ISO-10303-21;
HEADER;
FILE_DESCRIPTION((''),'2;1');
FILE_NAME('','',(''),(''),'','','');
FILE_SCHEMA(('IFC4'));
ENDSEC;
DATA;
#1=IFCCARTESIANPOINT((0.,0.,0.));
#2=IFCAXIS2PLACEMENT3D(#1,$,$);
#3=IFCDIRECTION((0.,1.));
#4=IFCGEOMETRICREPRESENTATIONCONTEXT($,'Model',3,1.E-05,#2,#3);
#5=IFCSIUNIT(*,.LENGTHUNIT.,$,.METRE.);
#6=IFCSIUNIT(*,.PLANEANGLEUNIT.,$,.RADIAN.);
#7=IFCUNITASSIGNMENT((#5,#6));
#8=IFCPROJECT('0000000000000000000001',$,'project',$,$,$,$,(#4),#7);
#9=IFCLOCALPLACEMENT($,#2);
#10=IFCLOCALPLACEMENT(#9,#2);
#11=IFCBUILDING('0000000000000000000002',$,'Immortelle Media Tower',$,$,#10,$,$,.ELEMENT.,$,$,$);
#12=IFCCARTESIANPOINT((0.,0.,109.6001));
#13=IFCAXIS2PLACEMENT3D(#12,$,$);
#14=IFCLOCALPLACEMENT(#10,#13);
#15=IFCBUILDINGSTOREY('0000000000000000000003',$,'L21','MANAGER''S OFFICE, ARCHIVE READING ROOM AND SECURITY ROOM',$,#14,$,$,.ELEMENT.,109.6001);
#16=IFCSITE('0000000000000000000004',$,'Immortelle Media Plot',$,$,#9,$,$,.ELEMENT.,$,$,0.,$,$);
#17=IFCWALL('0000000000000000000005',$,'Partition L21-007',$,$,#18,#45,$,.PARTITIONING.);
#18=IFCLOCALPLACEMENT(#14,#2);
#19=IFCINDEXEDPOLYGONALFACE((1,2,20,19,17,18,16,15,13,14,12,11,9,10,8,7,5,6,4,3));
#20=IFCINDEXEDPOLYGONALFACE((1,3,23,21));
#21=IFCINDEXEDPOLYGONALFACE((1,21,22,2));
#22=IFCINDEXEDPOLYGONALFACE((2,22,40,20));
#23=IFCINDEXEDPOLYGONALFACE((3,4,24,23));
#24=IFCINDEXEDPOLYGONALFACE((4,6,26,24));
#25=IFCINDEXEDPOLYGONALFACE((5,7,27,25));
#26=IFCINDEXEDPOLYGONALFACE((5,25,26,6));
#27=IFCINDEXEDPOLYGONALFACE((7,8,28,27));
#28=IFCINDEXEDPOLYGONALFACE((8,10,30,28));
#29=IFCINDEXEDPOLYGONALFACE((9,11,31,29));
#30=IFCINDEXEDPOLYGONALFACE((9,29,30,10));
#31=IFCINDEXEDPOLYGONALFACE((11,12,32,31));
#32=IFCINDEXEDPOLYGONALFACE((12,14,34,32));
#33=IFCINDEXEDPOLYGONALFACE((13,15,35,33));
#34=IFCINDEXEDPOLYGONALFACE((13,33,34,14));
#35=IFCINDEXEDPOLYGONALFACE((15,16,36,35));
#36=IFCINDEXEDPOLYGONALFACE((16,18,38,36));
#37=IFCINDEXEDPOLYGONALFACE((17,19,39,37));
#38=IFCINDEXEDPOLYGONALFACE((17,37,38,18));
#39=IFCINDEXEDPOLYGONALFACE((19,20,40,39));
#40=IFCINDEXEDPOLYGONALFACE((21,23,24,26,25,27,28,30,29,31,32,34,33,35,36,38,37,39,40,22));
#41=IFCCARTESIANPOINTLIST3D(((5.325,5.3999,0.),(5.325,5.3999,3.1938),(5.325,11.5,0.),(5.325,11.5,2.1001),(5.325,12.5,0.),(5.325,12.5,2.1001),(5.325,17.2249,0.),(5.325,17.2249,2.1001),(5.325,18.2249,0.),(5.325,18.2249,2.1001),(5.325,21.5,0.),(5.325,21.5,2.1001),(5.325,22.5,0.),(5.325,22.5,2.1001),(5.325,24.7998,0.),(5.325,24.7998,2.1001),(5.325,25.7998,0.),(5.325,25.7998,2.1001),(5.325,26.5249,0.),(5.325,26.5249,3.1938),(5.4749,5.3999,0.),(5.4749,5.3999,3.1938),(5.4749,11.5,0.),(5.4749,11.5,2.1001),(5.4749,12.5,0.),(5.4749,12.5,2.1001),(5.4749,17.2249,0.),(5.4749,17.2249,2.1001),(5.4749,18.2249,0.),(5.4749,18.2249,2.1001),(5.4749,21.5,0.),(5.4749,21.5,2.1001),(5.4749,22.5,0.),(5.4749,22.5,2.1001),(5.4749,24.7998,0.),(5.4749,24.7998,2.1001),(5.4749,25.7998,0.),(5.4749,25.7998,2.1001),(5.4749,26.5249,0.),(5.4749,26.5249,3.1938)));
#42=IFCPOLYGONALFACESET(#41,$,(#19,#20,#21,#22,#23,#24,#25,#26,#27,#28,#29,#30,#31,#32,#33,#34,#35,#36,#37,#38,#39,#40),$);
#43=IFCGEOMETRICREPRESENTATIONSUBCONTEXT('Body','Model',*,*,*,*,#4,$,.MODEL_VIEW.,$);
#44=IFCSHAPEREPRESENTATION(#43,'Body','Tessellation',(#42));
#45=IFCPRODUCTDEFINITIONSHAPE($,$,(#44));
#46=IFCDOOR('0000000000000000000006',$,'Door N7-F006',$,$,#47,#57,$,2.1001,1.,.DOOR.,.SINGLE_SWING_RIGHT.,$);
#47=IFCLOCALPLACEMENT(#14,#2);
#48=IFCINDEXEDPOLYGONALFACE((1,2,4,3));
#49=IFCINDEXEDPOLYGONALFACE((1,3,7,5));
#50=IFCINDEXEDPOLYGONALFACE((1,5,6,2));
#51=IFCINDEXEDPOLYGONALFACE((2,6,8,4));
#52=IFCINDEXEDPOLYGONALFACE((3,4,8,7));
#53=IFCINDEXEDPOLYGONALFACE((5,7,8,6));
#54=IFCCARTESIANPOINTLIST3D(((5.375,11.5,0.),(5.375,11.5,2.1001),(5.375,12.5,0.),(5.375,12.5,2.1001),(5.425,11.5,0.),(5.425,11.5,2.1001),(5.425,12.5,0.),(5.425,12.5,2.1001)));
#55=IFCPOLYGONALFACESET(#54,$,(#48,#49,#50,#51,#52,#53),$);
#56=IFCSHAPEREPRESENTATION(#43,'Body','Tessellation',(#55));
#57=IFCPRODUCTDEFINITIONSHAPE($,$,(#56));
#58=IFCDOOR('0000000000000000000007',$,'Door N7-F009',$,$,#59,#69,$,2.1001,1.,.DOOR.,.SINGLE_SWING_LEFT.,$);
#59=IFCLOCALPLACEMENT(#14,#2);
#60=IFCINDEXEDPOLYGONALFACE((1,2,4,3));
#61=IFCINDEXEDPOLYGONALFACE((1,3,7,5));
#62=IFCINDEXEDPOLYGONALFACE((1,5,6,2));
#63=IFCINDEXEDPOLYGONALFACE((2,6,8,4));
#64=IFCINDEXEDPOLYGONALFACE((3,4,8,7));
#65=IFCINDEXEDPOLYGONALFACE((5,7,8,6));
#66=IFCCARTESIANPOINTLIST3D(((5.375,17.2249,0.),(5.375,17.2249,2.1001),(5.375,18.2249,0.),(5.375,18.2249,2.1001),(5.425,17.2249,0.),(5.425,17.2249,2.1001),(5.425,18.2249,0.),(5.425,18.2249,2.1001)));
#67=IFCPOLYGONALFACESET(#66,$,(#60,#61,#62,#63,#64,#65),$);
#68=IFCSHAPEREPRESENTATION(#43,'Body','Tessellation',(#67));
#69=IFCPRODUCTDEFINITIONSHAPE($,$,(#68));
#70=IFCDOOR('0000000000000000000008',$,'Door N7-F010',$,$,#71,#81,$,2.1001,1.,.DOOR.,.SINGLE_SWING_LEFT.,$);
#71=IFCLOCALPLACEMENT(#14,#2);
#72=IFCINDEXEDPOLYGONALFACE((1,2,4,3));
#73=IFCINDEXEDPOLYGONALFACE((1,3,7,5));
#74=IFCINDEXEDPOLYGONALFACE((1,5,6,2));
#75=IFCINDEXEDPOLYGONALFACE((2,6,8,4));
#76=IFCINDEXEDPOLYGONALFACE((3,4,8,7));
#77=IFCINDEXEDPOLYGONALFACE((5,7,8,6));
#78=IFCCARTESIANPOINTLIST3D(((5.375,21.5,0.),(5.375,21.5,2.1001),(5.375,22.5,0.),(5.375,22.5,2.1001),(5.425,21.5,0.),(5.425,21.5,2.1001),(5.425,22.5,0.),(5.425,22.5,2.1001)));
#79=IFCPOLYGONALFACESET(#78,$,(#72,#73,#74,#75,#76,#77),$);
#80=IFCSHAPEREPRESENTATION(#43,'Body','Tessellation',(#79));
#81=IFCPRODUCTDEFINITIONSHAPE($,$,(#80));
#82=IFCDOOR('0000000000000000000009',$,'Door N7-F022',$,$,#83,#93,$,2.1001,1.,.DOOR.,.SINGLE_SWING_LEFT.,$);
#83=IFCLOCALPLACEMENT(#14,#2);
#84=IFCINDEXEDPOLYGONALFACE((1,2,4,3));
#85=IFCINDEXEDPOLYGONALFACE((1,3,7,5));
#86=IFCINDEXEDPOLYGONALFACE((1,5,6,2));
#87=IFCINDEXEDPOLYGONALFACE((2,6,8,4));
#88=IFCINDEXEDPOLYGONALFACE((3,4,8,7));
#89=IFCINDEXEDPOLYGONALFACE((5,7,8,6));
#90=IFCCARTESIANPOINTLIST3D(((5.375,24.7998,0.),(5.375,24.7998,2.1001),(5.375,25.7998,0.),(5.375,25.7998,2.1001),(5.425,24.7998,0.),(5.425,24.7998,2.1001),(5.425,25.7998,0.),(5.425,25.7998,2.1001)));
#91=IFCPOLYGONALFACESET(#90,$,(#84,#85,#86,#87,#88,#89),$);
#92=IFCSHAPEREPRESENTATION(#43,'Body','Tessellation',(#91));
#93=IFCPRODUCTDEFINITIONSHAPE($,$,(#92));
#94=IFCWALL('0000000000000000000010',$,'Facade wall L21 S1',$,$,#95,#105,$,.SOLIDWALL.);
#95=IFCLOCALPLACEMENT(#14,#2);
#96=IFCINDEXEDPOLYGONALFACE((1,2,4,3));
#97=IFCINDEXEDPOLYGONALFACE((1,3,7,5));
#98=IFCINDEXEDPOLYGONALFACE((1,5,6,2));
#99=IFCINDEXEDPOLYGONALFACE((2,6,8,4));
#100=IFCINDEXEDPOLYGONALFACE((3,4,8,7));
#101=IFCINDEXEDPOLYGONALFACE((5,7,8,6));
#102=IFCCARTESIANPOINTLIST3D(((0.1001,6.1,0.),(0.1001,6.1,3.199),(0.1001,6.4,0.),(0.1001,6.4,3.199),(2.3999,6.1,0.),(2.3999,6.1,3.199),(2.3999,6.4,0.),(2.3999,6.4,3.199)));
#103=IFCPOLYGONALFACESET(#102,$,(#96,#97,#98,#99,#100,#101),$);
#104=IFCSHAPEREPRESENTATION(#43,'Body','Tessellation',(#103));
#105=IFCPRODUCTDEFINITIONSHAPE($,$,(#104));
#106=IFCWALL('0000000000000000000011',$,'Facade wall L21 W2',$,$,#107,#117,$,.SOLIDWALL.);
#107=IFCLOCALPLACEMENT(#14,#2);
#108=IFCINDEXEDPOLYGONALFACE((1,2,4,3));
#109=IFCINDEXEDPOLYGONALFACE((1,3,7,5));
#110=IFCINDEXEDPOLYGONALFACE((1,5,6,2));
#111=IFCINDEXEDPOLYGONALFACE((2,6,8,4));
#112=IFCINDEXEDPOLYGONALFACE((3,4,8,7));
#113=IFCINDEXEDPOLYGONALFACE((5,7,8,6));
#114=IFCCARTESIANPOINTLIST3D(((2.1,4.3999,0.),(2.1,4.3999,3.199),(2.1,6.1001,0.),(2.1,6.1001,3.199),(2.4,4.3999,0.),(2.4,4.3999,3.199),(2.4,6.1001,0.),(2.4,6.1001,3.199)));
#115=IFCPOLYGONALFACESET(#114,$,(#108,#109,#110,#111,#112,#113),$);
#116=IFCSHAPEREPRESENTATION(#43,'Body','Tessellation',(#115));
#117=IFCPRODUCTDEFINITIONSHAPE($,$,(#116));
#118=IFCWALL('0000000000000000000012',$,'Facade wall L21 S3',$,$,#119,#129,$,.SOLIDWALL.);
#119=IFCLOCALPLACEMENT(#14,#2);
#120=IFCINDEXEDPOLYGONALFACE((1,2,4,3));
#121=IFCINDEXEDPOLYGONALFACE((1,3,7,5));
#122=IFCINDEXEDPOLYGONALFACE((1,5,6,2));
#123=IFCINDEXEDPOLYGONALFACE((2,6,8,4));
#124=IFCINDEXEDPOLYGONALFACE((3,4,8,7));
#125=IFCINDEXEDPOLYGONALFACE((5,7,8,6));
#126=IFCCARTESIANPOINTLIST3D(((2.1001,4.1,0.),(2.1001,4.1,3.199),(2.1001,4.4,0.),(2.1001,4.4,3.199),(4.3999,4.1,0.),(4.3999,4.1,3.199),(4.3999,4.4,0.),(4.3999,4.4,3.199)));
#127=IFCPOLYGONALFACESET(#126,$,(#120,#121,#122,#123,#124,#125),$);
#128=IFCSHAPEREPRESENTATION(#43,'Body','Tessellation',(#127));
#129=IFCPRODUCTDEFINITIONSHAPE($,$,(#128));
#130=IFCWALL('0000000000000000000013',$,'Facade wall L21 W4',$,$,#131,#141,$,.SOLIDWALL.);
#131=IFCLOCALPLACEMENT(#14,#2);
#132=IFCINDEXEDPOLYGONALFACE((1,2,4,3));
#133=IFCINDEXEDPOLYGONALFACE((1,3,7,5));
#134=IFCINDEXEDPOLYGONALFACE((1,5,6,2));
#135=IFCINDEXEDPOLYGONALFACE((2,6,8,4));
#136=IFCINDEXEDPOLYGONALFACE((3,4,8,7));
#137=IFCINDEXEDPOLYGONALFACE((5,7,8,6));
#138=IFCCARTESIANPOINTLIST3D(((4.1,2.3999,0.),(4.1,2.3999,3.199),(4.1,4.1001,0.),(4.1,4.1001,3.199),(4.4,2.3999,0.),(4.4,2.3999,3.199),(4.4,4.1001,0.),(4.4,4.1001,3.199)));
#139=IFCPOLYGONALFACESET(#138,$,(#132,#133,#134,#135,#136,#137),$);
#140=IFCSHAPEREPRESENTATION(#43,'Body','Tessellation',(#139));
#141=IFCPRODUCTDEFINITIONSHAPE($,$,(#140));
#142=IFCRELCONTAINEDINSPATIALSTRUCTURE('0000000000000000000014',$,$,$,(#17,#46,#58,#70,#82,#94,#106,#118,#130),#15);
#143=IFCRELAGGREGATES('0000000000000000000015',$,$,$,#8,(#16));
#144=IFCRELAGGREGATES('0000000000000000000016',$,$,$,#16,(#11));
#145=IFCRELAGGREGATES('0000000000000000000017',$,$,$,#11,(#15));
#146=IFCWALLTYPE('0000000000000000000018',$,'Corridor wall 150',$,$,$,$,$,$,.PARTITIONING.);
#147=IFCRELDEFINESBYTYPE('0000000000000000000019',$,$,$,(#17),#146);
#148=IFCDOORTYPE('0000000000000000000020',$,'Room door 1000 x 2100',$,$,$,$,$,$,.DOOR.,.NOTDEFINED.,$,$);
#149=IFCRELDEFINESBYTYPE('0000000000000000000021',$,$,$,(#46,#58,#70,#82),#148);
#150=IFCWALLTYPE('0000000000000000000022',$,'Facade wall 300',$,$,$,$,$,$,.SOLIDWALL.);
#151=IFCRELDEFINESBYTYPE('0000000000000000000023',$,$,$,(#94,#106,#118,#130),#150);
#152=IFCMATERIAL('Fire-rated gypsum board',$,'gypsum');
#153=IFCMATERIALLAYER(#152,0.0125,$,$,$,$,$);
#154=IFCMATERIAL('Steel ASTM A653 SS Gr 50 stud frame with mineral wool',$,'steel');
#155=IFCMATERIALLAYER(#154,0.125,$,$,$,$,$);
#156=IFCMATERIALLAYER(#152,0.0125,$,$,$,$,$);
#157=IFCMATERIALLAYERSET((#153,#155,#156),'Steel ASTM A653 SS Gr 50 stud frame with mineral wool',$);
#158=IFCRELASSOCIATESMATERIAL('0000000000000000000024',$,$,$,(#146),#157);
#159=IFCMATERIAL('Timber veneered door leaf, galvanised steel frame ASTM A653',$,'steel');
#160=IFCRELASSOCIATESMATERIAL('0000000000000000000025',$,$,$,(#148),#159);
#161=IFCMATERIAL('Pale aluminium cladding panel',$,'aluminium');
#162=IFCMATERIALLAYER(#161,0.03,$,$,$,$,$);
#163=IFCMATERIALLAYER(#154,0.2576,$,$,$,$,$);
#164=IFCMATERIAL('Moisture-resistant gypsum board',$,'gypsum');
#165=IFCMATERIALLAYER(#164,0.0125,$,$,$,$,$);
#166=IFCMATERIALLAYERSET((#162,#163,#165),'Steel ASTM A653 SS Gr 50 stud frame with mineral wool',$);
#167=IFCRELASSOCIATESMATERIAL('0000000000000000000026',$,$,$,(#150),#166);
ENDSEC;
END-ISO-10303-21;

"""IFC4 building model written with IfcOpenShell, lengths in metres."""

from ifc_helpers import new_model, si_unit, direction, frame, frame_2d, origin, place, context, subcontext, project, spatial, rectangle, extrude, material, layer, layer_set, type_object, element, fill, save


model = new_model("IFC4")

# Units and contexts
model_context = context("Model", 3, precision=1e-05, world=origin(), true_north=direction((0.0, 1.0)))
body_context = subcontext(model_context, "Body", "Model", "MODEL_VIEW")
ifc_project = project(units=[si_unit("LENGTHUNIT", "METRE"), si_unit("PLANEANGLEUNIT", "RADIAN")], contexts=[model_context])

# Site, building, storey
site_placement = place(None, origin())
site = spatial("IfcSite", under=ifc_project, at=site_placement, Name="Immortelle Media Plot", CompositionType="ELEMENT", RefElevation=0.0)
building_placement = place(site_placement, origin())
building = spatial("IfcBuilding", under=site, at=building_placement, Name="Immortelle Media Tower", CompositionType="ELEMENT")
storey_placement = place(building_placement, frame((0.0, 0.0, 109.6001)))
storey = spatial("IfcBuildingStorey", under=building, at=storey_placement, Name="L21", Description="MANAGER'S OFFICE, ARCHIVE READING ROOM AND SECURITY ROOM", CompositionType="ELEMENT", Elevation=109.6001)

# Wall, openings, doors
ifc_material_1 = material(Name="Fire-rated gypsum board", Category="gypsum")
ifc_layer_1 = layer(ifc_material_1, 0.0125)
ifc_material_2 = material(Name="Steel ASTM A653 SS Gr 50 stud frame with mineral wool", Category="steel")
ifc_layer_2 = layer(ifc_material_2, 0.125)
ifc_layer_3 = layer(ifc_material_1, 0.0125)
ifc_layer_set_1 = layer_set([ifc_layer_1, ifc_layer_2, ifc_layer_3], Name="Steel ASTM A653 SS Gr 50 stud frame with mineral wool")
wall_type_1 = type_object("IfcWallType", Name="Corridor wall 150", PredefinedType="PARTITIONING", material=ifc_layer_set_1)
ifc_material_3 = material(Name="Timber veneered door leaf, galvanised steel frame ASTM A653", Category="steel")
door_type_1 = type_object("IfcDoorType", Name="Room door 1000 x 2100", OperationType="NOTDEFINED", PredefinedType="DOOR", material=ifc_material_3)
wall_1_placement = place(storey_placement, frame((5.3999, 5.3999, 0.0), z_axis=(0.0, 0.0, 1.0), x_axis=(0.0, 1.0, 0.0)))
wall_1 = element("IfcWall", 1, at=wall_1_placement, inside=storey, type_object=wall_type_1, Name="Partition L21-007", PredefinedType="PARTITIONING", context=body_context, shape_type="SweptSolid", body=[
    extrude(rectangle(XDim=21.125, YDim=0.1499, at=frame_2d((10.5625, 0.0))), origin(), (0.0, 0.0, 1.0), 3.1938),
])
opening_1_placement = place(wall_1_placement, frame((6.1001, 0.0, 0.0)))
opening_1 = element("IfcOpeningElement", 2, at=opening_1_placement, cuts=wall_1, PredefinedType="OPENING", context=body_context, shape_type="SweptSolid", body=[
    extrude(rectangle(XDim=1.0, YDim=2.1001, at=frame_2d((0.5, 1.05))), frame((0.0, 0.085, 0.0), z_axis=(0.0, -1.0, 0.0), x_axis=(1.0, 0.0, 0.0)), (0.0, 0.0, 1.0), 0.1699),
])
opening_2_placement = place(wall_1_placement, frame((11.825, 0.0, 0.0)))
opening_2 = element("IfcOpeningElement", 3, at=opening_2_placement, cuts=wall_1, PredefinedType="OPENING", context=body_context, shape_type="SweptSolid", body=[
    extrude(rectangle(XDim=1.0, YDim=2.1001, at=frame_2d((0.5, 1.05))), frame((0.0, 0.085, 0.0), z_axis=(0.0, -1.0, 0.0), x_axis=(1.0, 0.0, 0.0)), (0.0, 0.0, 1.0), 0.1699),
])
opening_3_placement = place(wall_1_placement, frame((16.1001, 0.0, 0.0)))
opening_3 = element("IfcOpeningElement", 4, at=opening_3_placement, cuts=wall_1, PredefinedType="OPENING", context=body_context, shape_type="SweptSolid", body=[
    extrude(rectangle(XDim=1.0, YDim=2.1001, at=frame_2d((0.5, 1.05))), frame((0.0, 0.085, 0.0), z_axis=(0.0, -1.0, 0.0), x_axis=(1.0, 0.0, 0.0)), (0.0, 0.0, 1.0), 0.1699),
])
opening_4_placement = place(wall_1_placement, frame((19.3999, 0.0, 0.0)))
opening_4 = element("IfcOpeningElement", 5, at=opening_4_placement, cuts=wall_1, PredefinedType="OPENING", context=body_context, shape_type="SweptSolid", body=[
    extrude(rectangle(XDim=1.0, YDim=2.1001, at=frame_2d((0.5, 1.05))), frame((0.0, 0.085, 0.0), z_axis=(0.0, -1.0, 0.0), x_axis=(1.0, 0.0, 0.0)), (0.0, 0.0, 1.0), 0.1699),
])
door_1_placement = place(opening_1_placement, origin())
door_1 = element("IfcDoor", 6, at=door_1_placement, inside=storey, type_object=door_type_1, Name="Door N7-F006", OperationType="SINGLE_SWING_RIGHT", OverallHeight=2.1001, OverallWidth=1.0, PredefinedType="DOOR", context=body_context, shape_type="SweptSolid", body=[
    extrude(rectangle(XDim=1.0, YDim=2.1001, at=frame_2d((0.5, 1.05))), frame((0.0, 0.0249, 0.0), z_axis=(0.0, -1.0, 0.0), x_axis=(1.0, 0.0, 0.0)), (0.0, 0.0, 1.0), 0.05),
])
fill(opening_1, door_1)
door_2_placement = place(opening_2_placement, origin())
door_2 = element("IfcDoor", 7, at=door_2_placement, inside=storey, type_object=door_type_1, Name="Door N7-F009", OperationType="SINGLE_SWING_LEFT", OverallHeight=2.1001, OverallWidth=1.0, PredefinedType="DOOR", context=body_context, shape_type="SweptSolid", body=[
    extrude(rectangle(XDim=1.0, YDim=2.1001, at=frame_2d((0.5, 1.05))), frame((0.0, 0.0249, 0.0), z_axis=(0.0, -1.0, 0.0), x_axis=(1.0, 0.0, 0.0)), (0.0, 0.0, 1.0), 0.05),
])
fill(opening_2, door_2)
door_3_placement = place(opening_3_placement, origin())
door_3 = element("IfcDoor", 8, at=door_3_placement, inside=storey, type_object=door_type_1, Name="Door N7-F010", OperationType="SINGLE_SWING_LEFT", OverallHeight=2.1001, OverallWidth=1.0, PredefinedType="DOOR", context=body_context, shape_type="SweptSolid", body=[
    extrude(rectangle(XDim=1.0, YDim=2.1001, at=frame_2d((0.5, 1.05))), frame((0.0, 0.0249, 0.0), z_axis=(0.0, -1.0, 0.0), x_axis=(1.0, 0.0, 0.0)), (0.0, 0.0, 1.0), 0.05),
])
fill(opening_3, door_3)
door_4_placement = place(opening_4_placement, origin())
door_4 = element("IfcDoor", 9, at=door_4_placement, inside=storey, type_object=door_type_1, Name="Door N7-F022", OperationType="SINGLE_SWING_LEFT", OverallHeight=2.1001, OverallWidth=1.0, PredefinedType="DOOR", context=body_context, shape_type="SweptSolid", body=[
    extrude(rectangle(XDim=1.0, YDim=2.1001, at=frame_2d((0.5, 1.05))), frame((0.0, 0.0249, 0.0), z_axis=(0.0, -1.0, 0.0), x_axis=(1.0, 0.0, 0.0)), (0.0, 0.0, 1.0), 0.05),
])
fill(opening_4, door_4)

# Walls
ifc_material_4 = material(Name="Pale aluminium cladding panel", Category="aluminium")
ifc_layer_4 = layer(ifc_material_4, 0.03)
ifc_layer_5 = layer(ifc_material_2, 0.2576)
ifc_material_5 = material(Name="Moisture-resistant gypsum board", Category="gypsum")
ifc_layer_6 = layer(ifc_material_5, 0.0125)
ifc_layer_set_2 = layer_set([ifc_layer_4, ifc_layer_5, ifc_layer_6], Name="Steel ASTM A653 SS Gr 50 stud frame with mineral wool")
wall_type_2 = type_object("IfcWallType", Name="Facade wall 300", PredefinedType="SOLIDWALL", material=ifc_layer_set_2)
wall_2_placement = place(storey_placement, frame((0.1001, 6.25, 0.0), z_axis=(0.0, 0.0, 1.0), x_axis=(1.0, 0.0, 0.0)))
element("IfcWall", 10, at=wall_2_placement, inside=storey, type_object=wall_type_2, Name="Facade wall L21 S1", PredefinedType="SOLIDWALL", context=body_context, shape_type="SweptSolid", body=[
    extrude(rectangle(XDim=2.2998, YDim=0.3, at=frame_2d((1.1499, 0.0))), origin(), (0.0, 0.0, 1.0), 3.199),
])
wall_3_placement = place(storey_placement, frame((2.25, 6.1001, 0.0), z_axis=(0.0, 0.0, 1.0), x_axis=(0.0, -1.0, 0.0)))
element("IfcWall", 11, at=wall_3_placement, inside=storey, type_object=wall_type_2, Name="Facade wall L21 W2", PredefinedType="SOLIDWALL", context=body_context, shape_type="SweptSolid", body=[
    extrude(rectangle(XDim=1.7002, YDim=0.3, at=frame_2d((0.8501, 0.0))), origin(), (0.0, 0.0, 1.0), 3.199),
])
wall_4_placement = place(storey_placement, frame((2.1001, 4.25, 0.0), z_axis=(0.0, 0.0, 1.0), x_axis=(1.0, 0.0, 0.0)))
element("IfcWall", 12, at=wall_4_placement, inside=storey, type_object=wall_type_2, Name="Facade wall L21 S3", PredefinedType="SOLIDWALL", context=body_context, shape_type="SweptSolid", body=[
    extrude(rectangle(XDim=2.2998, YDim=0.3, at=frame_2d((1.1499, 0.0))), origin(), (0.0, 0.0, 1.0), 3.199),
])
wall_5_placement = place(storey_placement, frame((4.25, 4.1001, 0.0), z_axis=(0.0, 0.0, 1.0), x_axis=(0.0, -1.0, 0.0)))
element("IfcWall", 13, at=wall_5_placement, inside=storey, type_object=wall_type_2, Name="Facade wall L21 W4", PredefinedType="SOLIDWALL", context=body_context, shape_type="SweptSolid", body=[
    extrude(rectangle(XDim=1.7002, YDim=0.3, at=frame_2d((0.8501, 0.0))), origin(), (0.0, 0.0, 1.0), 3.199),
])

save(model, "model.ifc")
